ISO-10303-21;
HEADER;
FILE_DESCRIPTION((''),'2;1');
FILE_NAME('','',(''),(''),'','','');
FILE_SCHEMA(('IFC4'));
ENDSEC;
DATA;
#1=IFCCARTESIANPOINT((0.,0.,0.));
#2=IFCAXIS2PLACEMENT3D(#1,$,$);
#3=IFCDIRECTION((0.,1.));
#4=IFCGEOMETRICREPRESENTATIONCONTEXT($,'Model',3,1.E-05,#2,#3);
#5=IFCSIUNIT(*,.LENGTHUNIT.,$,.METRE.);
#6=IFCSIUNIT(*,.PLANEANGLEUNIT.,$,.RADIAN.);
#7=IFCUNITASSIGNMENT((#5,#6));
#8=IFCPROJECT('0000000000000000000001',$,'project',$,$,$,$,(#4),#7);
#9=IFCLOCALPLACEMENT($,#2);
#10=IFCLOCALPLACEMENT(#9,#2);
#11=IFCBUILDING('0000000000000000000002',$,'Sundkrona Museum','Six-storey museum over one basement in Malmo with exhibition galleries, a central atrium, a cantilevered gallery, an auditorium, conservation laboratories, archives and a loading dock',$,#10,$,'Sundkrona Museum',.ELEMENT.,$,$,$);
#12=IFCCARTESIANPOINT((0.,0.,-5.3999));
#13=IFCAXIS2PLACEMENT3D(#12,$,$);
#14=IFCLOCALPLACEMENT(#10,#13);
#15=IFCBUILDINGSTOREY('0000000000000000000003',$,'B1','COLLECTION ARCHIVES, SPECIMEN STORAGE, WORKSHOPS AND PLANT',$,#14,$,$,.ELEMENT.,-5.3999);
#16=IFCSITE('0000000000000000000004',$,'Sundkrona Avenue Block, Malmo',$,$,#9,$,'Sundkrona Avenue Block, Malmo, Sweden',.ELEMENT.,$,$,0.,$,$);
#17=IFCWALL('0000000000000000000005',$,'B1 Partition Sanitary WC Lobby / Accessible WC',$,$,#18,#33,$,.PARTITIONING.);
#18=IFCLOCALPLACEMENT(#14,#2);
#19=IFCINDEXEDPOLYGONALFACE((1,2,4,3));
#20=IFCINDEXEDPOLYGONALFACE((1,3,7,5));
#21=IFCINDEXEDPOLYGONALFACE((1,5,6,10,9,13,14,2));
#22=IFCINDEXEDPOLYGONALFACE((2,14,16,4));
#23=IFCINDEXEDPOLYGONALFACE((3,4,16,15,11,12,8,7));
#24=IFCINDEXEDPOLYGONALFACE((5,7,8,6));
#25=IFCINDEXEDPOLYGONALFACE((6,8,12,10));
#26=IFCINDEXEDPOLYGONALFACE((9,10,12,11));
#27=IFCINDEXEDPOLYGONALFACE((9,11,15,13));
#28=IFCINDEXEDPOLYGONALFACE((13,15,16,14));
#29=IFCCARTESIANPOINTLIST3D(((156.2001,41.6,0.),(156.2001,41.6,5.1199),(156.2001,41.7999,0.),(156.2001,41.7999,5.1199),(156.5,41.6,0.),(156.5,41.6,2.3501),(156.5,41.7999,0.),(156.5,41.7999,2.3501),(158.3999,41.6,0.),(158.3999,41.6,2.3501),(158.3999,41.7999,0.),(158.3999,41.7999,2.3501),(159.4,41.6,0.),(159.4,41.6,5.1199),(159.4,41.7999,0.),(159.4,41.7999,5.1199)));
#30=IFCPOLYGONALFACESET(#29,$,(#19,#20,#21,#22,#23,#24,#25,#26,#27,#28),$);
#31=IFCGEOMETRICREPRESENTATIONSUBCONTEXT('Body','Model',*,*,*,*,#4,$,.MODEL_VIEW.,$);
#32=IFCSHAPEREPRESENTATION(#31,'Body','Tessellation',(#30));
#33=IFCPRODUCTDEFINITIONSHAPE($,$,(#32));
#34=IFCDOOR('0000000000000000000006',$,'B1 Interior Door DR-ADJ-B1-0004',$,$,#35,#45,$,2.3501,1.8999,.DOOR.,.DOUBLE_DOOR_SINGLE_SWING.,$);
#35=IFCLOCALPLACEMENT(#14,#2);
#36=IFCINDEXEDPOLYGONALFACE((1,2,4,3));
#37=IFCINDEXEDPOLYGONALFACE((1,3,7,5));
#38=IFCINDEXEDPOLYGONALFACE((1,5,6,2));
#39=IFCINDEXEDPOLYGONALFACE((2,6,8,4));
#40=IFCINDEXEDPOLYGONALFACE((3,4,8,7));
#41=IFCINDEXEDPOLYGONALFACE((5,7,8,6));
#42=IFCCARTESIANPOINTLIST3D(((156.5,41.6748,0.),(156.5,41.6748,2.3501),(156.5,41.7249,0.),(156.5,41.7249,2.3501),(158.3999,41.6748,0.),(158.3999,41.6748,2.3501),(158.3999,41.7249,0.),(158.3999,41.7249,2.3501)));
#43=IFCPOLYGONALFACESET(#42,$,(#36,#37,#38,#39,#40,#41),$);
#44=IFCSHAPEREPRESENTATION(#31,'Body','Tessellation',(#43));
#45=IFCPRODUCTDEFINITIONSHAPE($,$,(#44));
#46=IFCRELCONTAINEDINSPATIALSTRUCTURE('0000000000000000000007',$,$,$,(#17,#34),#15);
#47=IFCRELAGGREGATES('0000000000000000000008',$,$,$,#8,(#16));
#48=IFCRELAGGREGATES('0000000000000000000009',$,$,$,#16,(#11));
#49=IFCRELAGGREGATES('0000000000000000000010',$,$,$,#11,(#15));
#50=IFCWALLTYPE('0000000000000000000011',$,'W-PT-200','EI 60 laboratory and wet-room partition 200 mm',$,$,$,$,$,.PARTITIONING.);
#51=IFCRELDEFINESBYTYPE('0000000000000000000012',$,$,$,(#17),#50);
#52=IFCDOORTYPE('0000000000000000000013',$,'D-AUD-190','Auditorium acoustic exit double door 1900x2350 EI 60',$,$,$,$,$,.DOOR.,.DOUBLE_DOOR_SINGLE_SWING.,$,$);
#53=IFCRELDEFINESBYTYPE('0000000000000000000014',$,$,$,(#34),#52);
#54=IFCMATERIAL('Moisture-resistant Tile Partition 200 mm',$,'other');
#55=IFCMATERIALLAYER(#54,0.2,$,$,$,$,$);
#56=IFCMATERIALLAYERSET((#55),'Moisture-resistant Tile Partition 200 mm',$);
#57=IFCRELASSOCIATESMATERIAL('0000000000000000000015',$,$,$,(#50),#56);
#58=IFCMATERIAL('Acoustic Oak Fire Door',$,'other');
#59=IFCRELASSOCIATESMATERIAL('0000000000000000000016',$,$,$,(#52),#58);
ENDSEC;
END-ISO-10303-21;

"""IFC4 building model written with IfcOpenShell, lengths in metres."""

from ifc_helpers import new_model, si_unit, direction, frame, frame_2d, origin, place, context, subcontext, project, spatial, rectangle, extrude, material, layer, layer_set, type_object, element, fill, save


model = new_model("IFC4")

# Units and contexts
model_context = context("Model", 3, precision=1e-05, world=origin(), true_north=direction((0.0, 1.0)))
body_context = subcontext(model_context, "Body", "Model", "MODEL_VIEW")
ifc_project = project(units=[si_unit("LENGTHUNIT", "METRE"), si_unit("PLANEANGLEUNIT", "RADIAN")], contexts=[model_context])

# Site, building, storey
site_placement = place(None, origin())
site = spatial("IfcSite", under=ifc_project, at=site_placement, Name="Sundkrona Avenue Block, Malmo", LongName="Sundkrona Avenue Block, Malmo, Sweden", CompositionType="ELEMENT", RefElevation=0.0)
building_placement = place(site_placement, origin())
building = spatial("IfcBuilding", under=site, at=building_placement, Name="Sundkrona Museum", Description="Six-storey museum over one basement in Malmo with exhibition galleries, a central atrium, a cantilevered gallery, an auditorium, conservation laboratories, archives and a loading dock", LongName="Sundkrona Museum", CompositionType="ELEMENT")
storey_placement = place(building_placement, frame((0.0, 0.0, -5.3999)))
storey = spatial("IfcBuildingStorey", under=building, at=storey_placement, Name="B1", Description="COLLECTION ARCHIVES, SPECIMEN STORAGE, WORKSHOPS AND PLANT", CompositionType="ELEMENT", Elevation=-5.3999)

# Wall, opening, door
ifc_material_1 = material(Name="Moisture-resistant Tile Partition 200 mm", Category="other")
ifc_layer_1 = layer(ifc_material_1, 0.2)
ifc_layer_set_1 = layer_set([ifc_layer_1], Name="Moisture-resistant Tile Partition 200 mm")
wall_type_1 = type_object("IfcWallType", Name="W-PT-200", Description="EI 60 laboratory and wet-room partition 200 mm", PredefinedType="PARTITIONING", material=ifc_layer_set_1)
ifc_material_2 = material(Name="Acoustic Oak Fire Door", Category="other")
door_type_1 = type_object("IfcDoorType", Name="D-AUD-190", Description="Auditorium acoustic exit double door 1900x2350 EI 60", OperationType="DOUBLE_DOOR_SINGLE_SWING", PredefinedType="DOOR", material=ifc_material_2)
wall_1_placement = place(storey_placement, frame((156.2, 41.7, 0.0), z_axis=(0.0, 0.0, 1.0), x_axis=(1.0, 0.0, 0.0)))
wall_1 = element("IfcWall", 1, at=wall_1_placement, inside=storey, type_object=wall_type_1, Name="B1 Partition Sanitary WC Lobby / Accessible WC", PredefinedType="PARTITIONING", context=body_context, shape_type="SweptSolid", body=[
    extrude(rectangle(XDim=3.2, YDim=0.2, at=frame_2d((1.6001, 0.0))), origin(), (0.0, 0.0, 1.0), 5.1199),
])
opening_1_placement = place(wall_1_placement, frame((0.3, 0.0, 0.0)))
opening_1 = element("IfcOpeningElement", 2, at=opening_1_placement, cuts=wall_1, PredefinedType="OPENING", context=body_context, shape_type="SweptSolid", body=[
    extrude(rectangle(XDim=1.8999, YDim=2.3501, at=frame_2d((0.95, 1.175))), frame((0.0, 0.1099, 0.0), z_axis=(0.0, -1.0, 0.0), x_axis=(1.0, 0.0, 0.0)), (0.0, 0.0, 1.0), 0.22),
])
door_1_placement = place(opening_1_placement, origin())
door_1 = element("IfcDoor", 3, at=door_1_placement, inside=storey, type_object=door_type_1, Name="B1 Interior Door DR-ADJ-B1-0004", OperationType="DOUBLE_DOOR_SINGLE_SWING", OverallHeight=2.3501, OverallWidth=1.8999, PredefinedType="DOOR", context=body_context, shape_type="SweptSolid", body=[
    extrude(rectangle(XDim=1.8999, YDim=2.3501, at=frame_2d((0.95, 1.175))), frame((0.0, 0.0249, 0.0), z_axis=(0.0, -1.0, 0.0), x_axis=(1.0, 0.0, 0.0)), (0.0, 0.0, 1.0), 0.05),
])
fill(opening_1, door_1)

save(model, "model.ifc")
